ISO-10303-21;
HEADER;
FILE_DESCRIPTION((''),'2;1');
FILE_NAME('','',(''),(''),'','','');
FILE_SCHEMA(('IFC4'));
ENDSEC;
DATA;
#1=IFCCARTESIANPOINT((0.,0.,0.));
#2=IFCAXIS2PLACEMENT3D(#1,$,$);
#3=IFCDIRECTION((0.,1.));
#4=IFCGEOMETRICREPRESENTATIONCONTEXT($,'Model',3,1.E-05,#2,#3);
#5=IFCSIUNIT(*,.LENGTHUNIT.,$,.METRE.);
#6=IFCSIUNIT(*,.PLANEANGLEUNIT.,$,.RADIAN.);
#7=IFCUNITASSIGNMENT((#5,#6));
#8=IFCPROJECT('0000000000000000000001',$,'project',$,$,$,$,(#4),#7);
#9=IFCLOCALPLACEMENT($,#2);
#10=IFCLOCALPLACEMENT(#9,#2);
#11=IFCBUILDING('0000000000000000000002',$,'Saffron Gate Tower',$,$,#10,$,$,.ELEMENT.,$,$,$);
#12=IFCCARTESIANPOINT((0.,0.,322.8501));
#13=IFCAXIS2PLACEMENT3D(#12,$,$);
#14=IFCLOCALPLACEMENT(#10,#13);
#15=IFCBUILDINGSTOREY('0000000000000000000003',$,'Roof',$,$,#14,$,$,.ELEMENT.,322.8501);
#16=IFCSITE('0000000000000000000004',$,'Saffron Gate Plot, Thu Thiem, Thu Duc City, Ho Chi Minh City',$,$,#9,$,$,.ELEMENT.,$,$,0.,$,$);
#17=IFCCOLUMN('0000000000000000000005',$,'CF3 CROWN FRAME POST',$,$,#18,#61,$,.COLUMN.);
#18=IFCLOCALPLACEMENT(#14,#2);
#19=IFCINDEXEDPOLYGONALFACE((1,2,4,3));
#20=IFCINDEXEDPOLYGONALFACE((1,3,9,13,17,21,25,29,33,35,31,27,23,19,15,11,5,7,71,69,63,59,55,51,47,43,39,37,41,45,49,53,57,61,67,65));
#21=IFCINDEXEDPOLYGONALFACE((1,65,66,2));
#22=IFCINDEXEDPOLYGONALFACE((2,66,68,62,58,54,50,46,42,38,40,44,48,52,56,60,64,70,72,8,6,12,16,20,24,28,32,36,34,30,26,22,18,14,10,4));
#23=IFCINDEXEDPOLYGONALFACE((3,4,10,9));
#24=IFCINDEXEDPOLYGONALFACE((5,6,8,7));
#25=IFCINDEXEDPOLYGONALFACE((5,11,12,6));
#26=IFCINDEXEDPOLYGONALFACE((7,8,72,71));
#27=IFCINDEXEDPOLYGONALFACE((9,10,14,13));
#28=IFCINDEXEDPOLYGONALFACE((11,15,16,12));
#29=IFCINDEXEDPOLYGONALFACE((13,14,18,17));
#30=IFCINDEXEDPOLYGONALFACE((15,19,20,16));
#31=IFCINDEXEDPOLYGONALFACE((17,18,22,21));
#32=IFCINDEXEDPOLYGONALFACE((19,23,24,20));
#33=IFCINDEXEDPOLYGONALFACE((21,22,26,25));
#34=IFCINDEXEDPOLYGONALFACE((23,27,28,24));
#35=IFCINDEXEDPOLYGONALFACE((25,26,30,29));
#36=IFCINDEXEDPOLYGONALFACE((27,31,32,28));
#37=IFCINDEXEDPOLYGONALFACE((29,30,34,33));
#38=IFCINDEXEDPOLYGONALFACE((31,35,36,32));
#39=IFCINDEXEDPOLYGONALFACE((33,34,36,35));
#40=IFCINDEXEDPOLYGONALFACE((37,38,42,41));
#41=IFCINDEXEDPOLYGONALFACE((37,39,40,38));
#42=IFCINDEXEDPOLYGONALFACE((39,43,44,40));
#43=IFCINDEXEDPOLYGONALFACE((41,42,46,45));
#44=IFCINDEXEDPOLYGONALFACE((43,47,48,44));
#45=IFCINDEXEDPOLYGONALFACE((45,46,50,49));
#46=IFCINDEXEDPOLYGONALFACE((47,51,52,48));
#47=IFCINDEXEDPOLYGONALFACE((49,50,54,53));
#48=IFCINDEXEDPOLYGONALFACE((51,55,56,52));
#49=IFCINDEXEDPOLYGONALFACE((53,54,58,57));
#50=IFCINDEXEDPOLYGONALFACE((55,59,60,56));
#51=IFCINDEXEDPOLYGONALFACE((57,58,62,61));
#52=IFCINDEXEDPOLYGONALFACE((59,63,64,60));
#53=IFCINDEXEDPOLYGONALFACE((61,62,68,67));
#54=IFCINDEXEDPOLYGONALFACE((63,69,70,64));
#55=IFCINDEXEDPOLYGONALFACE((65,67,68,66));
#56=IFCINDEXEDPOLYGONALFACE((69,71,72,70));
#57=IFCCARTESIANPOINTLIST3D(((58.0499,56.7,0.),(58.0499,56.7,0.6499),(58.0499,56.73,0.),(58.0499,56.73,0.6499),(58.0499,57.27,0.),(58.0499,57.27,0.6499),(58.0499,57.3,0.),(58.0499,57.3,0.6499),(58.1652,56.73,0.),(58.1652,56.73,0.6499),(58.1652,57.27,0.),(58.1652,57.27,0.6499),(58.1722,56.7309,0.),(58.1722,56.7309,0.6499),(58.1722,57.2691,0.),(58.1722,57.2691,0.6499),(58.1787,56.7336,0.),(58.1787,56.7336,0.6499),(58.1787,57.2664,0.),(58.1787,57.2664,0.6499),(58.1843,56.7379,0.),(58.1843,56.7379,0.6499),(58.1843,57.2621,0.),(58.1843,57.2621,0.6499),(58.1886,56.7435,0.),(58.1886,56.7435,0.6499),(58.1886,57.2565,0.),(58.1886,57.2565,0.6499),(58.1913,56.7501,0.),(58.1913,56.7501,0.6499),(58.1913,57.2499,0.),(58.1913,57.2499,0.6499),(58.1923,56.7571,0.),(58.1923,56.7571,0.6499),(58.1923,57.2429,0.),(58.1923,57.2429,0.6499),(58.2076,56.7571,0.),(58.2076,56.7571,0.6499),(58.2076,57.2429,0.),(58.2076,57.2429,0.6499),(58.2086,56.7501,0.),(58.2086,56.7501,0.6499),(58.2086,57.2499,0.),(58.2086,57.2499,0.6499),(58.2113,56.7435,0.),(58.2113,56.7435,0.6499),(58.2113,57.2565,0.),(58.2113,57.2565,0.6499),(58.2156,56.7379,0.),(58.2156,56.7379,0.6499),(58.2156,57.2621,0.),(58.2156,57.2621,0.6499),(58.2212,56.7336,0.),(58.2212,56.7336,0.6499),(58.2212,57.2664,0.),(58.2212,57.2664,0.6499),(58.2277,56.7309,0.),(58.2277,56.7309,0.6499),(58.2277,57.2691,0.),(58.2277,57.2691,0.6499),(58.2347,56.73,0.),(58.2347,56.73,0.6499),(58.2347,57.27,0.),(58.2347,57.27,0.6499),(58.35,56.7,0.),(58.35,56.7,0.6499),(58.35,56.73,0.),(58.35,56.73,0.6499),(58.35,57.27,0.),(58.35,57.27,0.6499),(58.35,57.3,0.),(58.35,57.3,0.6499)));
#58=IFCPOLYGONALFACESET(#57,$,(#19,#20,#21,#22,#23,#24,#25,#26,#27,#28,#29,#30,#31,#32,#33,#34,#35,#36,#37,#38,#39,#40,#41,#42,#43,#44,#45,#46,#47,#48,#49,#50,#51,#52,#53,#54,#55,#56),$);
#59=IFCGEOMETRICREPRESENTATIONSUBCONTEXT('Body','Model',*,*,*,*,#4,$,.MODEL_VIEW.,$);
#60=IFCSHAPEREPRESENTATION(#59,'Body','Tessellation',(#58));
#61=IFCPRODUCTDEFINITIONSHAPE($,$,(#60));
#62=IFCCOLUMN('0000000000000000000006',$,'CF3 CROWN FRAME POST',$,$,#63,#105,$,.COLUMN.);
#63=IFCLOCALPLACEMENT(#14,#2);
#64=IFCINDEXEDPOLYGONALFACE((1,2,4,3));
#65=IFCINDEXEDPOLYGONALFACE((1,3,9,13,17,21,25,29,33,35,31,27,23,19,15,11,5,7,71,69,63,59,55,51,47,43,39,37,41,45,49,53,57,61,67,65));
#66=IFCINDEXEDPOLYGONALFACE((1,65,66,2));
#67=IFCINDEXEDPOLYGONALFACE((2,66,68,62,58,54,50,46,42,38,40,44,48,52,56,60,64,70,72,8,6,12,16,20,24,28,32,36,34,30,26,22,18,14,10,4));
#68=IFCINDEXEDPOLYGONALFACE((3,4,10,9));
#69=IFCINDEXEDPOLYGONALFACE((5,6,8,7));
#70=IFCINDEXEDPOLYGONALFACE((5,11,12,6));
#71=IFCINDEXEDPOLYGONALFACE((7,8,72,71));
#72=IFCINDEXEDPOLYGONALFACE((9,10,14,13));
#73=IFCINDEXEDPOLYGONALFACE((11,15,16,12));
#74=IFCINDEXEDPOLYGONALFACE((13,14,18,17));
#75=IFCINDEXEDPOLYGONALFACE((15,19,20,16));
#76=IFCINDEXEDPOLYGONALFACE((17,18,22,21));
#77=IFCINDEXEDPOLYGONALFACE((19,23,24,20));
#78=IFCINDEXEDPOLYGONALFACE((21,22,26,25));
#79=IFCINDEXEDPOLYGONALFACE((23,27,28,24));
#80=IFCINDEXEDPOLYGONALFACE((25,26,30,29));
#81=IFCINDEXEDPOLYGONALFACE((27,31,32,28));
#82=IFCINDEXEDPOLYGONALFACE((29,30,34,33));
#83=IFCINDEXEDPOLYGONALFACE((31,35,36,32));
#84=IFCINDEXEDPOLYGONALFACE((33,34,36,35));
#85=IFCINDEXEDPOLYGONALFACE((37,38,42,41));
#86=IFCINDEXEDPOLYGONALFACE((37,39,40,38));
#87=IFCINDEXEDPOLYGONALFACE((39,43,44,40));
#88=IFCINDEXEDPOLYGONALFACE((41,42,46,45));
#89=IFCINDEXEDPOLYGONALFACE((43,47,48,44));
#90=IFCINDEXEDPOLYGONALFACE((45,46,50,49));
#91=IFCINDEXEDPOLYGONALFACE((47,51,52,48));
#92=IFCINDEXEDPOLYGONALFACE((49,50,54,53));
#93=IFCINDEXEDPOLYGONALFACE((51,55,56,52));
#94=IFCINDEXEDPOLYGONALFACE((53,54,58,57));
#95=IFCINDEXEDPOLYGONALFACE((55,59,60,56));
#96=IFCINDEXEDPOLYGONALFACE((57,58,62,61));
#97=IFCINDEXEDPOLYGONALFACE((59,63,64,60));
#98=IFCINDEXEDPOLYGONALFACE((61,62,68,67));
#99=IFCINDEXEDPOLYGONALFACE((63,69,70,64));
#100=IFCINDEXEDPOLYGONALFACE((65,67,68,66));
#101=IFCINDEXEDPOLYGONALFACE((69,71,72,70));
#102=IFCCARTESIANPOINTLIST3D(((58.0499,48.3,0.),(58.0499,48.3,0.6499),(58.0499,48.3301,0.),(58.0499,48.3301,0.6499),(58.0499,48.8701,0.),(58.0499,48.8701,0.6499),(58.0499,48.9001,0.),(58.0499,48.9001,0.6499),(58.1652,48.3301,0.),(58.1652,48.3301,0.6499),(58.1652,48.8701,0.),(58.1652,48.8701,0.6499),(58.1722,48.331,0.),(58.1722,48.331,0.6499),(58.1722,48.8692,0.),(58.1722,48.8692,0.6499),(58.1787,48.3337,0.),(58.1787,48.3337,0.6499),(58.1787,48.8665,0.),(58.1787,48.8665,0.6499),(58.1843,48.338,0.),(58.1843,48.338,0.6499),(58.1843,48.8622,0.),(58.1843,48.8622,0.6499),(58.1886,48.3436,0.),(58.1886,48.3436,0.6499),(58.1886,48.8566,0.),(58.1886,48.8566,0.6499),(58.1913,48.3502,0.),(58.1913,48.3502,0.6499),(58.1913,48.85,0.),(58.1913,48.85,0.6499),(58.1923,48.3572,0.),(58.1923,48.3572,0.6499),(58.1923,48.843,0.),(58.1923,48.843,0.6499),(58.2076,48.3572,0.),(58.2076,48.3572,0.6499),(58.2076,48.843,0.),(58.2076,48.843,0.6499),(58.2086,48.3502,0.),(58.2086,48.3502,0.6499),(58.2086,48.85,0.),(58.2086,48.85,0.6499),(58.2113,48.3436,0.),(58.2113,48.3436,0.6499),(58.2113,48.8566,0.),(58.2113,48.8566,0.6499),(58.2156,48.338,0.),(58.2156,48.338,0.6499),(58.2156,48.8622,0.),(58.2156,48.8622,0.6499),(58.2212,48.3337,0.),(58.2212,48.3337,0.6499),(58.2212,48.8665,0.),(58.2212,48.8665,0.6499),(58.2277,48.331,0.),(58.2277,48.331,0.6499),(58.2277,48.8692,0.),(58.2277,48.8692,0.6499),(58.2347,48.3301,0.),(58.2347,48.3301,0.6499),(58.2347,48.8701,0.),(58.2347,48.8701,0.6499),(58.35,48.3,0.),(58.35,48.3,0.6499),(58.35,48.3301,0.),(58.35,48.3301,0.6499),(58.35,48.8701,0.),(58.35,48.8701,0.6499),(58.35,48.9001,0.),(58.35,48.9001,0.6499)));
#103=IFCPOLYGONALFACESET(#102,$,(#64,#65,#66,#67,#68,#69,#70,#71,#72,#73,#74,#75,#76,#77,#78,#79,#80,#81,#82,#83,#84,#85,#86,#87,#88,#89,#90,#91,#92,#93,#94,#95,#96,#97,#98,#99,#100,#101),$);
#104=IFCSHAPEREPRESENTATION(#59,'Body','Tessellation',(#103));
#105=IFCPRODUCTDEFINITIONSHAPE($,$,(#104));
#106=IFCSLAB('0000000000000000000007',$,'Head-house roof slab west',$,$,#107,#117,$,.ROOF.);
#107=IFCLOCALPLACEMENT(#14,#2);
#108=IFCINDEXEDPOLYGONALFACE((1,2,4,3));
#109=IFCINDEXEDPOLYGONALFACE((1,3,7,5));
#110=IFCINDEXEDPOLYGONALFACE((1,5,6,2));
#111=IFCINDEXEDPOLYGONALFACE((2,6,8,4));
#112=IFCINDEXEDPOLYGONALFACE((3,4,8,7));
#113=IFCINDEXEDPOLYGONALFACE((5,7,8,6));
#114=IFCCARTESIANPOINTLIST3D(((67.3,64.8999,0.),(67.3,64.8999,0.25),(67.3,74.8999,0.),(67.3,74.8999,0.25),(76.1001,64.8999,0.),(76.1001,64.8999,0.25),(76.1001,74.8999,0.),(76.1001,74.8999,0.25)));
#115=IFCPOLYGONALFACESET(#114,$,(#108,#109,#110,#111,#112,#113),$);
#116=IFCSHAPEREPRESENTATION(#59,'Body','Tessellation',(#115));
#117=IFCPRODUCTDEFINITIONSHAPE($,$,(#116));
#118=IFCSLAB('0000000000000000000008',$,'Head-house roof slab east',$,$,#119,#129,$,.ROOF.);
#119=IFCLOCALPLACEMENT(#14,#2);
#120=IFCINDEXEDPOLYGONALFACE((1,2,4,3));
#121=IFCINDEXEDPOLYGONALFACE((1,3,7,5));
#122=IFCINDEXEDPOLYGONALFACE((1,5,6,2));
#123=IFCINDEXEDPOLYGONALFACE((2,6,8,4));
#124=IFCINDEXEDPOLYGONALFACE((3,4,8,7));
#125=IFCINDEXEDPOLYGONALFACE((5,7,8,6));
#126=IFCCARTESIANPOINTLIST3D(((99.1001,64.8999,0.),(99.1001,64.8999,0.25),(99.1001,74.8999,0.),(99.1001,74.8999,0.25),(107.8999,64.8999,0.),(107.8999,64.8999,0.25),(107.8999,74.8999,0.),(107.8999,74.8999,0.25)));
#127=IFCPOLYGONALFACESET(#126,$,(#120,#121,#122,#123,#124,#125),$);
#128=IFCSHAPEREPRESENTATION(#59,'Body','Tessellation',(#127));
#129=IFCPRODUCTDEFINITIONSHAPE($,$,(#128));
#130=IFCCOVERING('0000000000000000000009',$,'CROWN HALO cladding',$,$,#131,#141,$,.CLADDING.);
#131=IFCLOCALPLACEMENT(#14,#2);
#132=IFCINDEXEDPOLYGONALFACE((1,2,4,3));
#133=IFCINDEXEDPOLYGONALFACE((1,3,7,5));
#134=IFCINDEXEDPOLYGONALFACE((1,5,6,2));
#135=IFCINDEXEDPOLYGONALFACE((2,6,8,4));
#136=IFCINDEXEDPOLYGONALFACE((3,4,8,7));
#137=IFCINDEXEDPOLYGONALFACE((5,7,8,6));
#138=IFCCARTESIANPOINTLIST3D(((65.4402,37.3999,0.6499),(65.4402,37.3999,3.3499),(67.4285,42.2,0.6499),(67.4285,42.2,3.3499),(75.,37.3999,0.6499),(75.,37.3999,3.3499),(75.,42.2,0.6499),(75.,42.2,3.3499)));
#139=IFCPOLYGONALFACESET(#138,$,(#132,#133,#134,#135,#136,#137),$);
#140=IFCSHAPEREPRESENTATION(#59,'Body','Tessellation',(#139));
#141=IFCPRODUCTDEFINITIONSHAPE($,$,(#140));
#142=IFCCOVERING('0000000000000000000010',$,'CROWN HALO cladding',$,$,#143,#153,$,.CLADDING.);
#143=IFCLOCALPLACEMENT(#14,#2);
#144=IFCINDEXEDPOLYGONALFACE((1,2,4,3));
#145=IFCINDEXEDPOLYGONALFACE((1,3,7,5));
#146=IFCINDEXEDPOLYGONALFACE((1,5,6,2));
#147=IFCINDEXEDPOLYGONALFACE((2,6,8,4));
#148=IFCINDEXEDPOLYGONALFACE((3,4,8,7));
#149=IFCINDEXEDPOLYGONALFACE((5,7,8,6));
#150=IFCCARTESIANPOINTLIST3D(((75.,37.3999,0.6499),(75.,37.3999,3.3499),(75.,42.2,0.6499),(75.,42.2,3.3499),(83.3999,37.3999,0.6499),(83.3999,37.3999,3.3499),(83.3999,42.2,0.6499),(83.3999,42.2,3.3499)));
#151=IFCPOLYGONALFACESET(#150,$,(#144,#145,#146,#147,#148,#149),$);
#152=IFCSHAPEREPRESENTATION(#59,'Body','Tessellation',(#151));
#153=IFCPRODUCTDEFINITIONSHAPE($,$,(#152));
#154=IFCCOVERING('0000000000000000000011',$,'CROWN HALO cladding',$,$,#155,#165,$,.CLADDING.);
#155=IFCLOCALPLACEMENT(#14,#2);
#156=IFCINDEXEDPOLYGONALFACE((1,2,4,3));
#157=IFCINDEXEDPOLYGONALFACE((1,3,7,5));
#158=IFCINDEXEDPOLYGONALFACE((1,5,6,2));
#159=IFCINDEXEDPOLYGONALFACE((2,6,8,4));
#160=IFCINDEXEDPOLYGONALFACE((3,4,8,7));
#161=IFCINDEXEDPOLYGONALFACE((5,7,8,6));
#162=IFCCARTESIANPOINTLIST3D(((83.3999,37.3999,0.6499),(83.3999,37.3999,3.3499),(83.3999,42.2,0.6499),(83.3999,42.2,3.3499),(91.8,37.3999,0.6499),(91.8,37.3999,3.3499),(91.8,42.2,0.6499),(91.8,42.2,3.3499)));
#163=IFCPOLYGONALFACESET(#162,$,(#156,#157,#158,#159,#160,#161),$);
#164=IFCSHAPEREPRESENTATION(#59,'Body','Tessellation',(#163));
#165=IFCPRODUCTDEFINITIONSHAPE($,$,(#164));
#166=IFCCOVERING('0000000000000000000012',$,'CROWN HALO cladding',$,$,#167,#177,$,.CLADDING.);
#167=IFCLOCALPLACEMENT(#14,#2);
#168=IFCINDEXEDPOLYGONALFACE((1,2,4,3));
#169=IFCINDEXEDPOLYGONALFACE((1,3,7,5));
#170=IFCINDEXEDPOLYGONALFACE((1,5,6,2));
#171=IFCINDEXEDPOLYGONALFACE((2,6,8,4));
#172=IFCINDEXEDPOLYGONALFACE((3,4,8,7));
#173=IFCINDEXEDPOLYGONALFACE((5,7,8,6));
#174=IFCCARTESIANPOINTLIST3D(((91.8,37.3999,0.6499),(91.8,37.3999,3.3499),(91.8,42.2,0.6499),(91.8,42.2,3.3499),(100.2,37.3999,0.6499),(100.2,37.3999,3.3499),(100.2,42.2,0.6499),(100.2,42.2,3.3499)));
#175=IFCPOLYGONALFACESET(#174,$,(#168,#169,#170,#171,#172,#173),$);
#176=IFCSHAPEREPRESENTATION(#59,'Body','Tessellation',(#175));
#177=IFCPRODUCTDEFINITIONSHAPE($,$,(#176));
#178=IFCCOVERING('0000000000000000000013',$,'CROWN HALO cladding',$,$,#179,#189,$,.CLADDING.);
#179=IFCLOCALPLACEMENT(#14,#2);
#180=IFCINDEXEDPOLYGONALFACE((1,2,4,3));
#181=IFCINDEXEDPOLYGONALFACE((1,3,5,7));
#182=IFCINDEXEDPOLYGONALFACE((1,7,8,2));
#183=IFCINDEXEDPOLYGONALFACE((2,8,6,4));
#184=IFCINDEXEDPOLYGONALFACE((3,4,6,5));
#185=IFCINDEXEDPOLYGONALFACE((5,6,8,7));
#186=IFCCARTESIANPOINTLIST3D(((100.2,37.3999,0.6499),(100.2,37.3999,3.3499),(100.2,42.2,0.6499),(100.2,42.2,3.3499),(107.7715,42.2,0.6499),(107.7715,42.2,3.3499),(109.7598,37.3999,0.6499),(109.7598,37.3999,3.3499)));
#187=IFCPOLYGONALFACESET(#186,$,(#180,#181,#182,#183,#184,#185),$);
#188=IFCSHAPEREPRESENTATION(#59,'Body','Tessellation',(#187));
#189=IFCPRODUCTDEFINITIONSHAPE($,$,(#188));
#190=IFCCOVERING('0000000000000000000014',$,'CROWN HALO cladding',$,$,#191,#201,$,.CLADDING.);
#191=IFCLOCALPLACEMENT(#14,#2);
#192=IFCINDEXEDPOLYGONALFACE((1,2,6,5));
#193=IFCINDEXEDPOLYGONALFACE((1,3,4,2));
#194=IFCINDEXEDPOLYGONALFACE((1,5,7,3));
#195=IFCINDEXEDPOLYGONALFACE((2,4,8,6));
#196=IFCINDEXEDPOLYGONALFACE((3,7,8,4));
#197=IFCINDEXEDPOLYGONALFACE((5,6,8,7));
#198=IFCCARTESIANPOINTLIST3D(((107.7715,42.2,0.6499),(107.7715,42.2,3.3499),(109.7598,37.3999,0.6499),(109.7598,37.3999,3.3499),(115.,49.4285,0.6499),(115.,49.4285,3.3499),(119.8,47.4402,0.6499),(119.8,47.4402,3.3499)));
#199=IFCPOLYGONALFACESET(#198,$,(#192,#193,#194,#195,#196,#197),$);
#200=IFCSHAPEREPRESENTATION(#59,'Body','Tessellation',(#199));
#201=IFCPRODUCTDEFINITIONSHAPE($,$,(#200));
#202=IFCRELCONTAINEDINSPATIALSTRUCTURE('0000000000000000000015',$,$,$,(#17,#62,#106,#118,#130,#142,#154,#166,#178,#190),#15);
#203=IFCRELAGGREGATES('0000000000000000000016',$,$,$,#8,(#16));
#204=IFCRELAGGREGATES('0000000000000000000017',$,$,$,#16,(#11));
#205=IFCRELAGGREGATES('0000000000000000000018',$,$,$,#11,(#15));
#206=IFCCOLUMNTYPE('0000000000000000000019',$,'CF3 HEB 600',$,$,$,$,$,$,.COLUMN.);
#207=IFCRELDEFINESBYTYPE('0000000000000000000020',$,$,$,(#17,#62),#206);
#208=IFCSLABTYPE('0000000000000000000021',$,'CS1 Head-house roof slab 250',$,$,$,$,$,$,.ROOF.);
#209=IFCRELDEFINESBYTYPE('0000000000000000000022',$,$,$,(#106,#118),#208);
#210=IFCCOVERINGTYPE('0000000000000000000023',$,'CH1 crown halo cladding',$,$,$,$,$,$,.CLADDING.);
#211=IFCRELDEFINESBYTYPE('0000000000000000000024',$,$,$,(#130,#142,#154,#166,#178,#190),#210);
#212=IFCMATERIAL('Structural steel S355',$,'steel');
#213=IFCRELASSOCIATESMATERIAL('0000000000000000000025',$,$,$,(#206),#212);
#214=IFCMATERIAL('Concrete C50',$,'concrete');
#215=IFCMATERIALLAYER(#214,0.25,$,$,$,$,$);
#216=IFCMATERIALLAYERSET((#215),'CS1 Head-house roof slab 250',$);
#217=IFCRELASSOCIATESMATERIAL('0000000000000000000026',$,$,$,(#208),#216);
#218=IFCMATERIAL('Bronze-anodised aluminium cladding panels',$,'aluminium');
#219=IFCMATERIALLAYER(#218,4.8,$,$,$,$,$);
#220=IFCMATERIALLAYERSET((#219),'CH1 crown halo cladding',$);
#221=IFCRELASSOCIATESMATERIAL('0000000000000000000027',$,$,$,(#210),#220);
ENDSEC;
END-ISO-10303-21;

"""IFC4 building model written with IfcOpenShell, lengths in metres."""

from ifc_helpers import new_model, si_unit, direction, frame, origin, origin_2d, place, context, subcontext, project, spatial, polyline, i_section, outline, extrude, material, layer, layer_set, material_profile, profile_set, type_object, element, save


model = new_model("IFC4")

# Units and contexts
model_context = context("Model", 3, precision=1e-05, world=origin(), true_north=direction((0.0, 1.0)))
body_context = subcontext(model_context, "Body", "Model", "MODEL_VIEW")
ifc_project = project(units=[si_unit("LENGTHUNIT", "METRE"), si_unit("PLANEANGLEUNIT", "RADIAN")], contexts=[model_context])

# Site, building, storey
site_placement = place(None, origin())
site = spatial("IfcSite", under=ifc_project, at=site_placement, Name="Saffron Gate Plot, Thu Thiem, Thu Duc City, Ho Chi Minh City", CompositionType="ELEMENT", RefElevation=0.0)
building_placement = place(site_placement, origin())
building = spatial("IfcBuilding", under=site, at=building_placement, Name="Saffron Gate Tower", CompositionType="ELEMENT")
storey_placement = place(building_placement, frame((0.0, 0.0, 322.8501)))
storey = spatial("IfcBuildingStorey", under=building, at=storey_placement, Name="Roof", CompositionType="ELEMENT", Elevation=322.8501)

# Columns
ifc_material_1 = material(Name="Structural steel S355", Category="steel")
ifc_material_profile = material_profile(ifc_material_1, i_section(OverallWidth=0.3, OverallDepth=0.6001, WebThickness=0.0154, FlangeThickness=0.03, FilletRadius=0.0271, at=origin_2d()))
ifc_profile_set = profile_set([ifc_material_profile], Name="Structural steel S355")
column_type = type_object("IfcColumnType", Name="CF3 HEB 600", PredefinedType="COLUMN", material=ifc_profile_set)
for number, where, z_axis, x_axis, name in (
    (1, (58.2, 57.0, 0.0), (0.0, 0.0, 1.0), (1.0, 0.0, 0.0), "CF3 CROWN FRAME POST"),
    (2, (58.2, 48.6001, 0.0), (0.0, 0.0, 1.0), (1.0, 0.0, 0.0), "CF3 CROWN FRAME POST"),
):
    element("IfcColumn", number, at=place(storey_placement, frame(where, z_axis=z_axis, x_axis=x_axis)), inside=storey, type_object=column_type, Name=name, PredefinedType="COLUMN", context=body_context, shape_type="SweptSolid", body=[
        extrude(i_section(OverallWidth=0.3, OverallDepth=0.6001, WebThickness=0.0154, FlangeThickness=0.03, FilletRadius=0.0271, at=origin_2d()), origin(), (0.0, 0.0, 1.0), 0.6499),
    ])

# Slabs
ifc_material_2 = material(Name="Concrete C50", Category="concrete")
ifc_layer_1 = layer(ifc_material_2, 0.25)
ifc_layer_set_1 = layer_set([ifc_layer_1], Name="CS1 Head-house roof slab 250")
slab_type = type_object("IfcSlabType", Name="CS1 Head-house roof slab 250", PredefinedType="ROOF", material=ifc_layer_set_1)
slab_1_placement = place(storey_placement, origin())
element("IfcSlab", 3, at=slab_1_placement, inside=storey, type_object=slab_type, Name="Head-house roof slab west", PredefinedType="ROOF", context=body_context, shape_type="SweptSolid", body=[
    extrude(outline(polyline([(76.1001, 64.8999), (76.1001, 74.8999), (67.3, 74.8999), (67.3, 64.8999), (76.1001, 64.8999)])), origin(), (0.0, 0.0, 1.0), 0.25),
])
slab_2_placement = place(storey_placement, origin())
element("IfcSlab", 4, at=slab_2_placement, inside=storey, type_object=slab_type, Name="Head-house roof slab east", PredefinedType="ROOF", context=body_context, shape_type="SweptSolid", body=[
    extrude(outline(polyline([(107.8999, 64.8999), (107.8999, 74.8999), (99.1001, 74.8999), (99.1001, 64.8999), (107.8999, 64.8999)])), origin(), (0.0, 0.0, 1.0), 0.25),
])

# Coverings
ifc_material_3 = material(Name="Bronze-anodised aluminium cladding panels", Category="aluminium")
ifc_layer_2 = layer(ifc_material_3, 4.8)
ifc_layer_set_2 = layer_set([ifc_layer_2], Name="CH1 crown halo cladding")
covering_type = type_object("IfcCoveringType", Name="CH1 crown halo cladding", PredefinedType="CLADDING", material=ifc_layer_set_2)
covering_1_placement = place(storey_placement, frame((0.0, 0.0, 0.6499)))
element("IfcCovering", 5, at=covering_1_placement, inside=storey, type_object=covering_type, Name="CROWN HALO cladding", PredefinedType="CLADDING", context=body_context, shape_type="SweptSolid", body=[
    extrude(outline(polyline([(67.4285, 42.2), (75.0, 42.2), (75.0, 37.3999), (65.4402, 37.3999), (67.4285, 42.2)])), origin(), (0.0, 0.0, 1.0), 2.7),
])
covering_2_placement = place(storey_placement, frame((0.0, 0.0, 0.6499)))
element("IfcCovering", 6, at=covering_2_placement, inside=storey, type_object=covering_type, Name="CROWN HALO cladding", PredefinedType="CLADDING", context=body_context, shape_type="SweptSolid", body=[
    extrude(outline(polyline([(75.0, 42.2), (83.3999, 42.2), (83.3999, 37.3999), (75.0, 37.3999), (75.0, 42.2)])), origin(), (0.0, 0.0, 1.0), 2.7),
])
covering_3_placement = place(storey_placement, frame((0.0, 0.0, 0.6499)))
element("IfcCovering", 7, at=covering_3_placement, inside=storey, type_object=covering_type, Name="CROWN HALO cladding", PredefinedType="CLADDING", context=body_context, shape_type="SweptSolid", body=[
    extrude(outline(polyline([(83.3999, 42.2), (91.8, 42.2), (91.8, 37.3999), (83.3999, 37.3999), (83.3999, 42.2)])), origin(), (0.0, 0.0, 1.0), 2.7),
])
covering_4_placement = place(storey_placement, frame((0.0, 0.0, 0.6499)))
element("IfcCovering", 8, at=covering_4_placement, inside=storey, type_object=covering_type, Name="CROWN HALO cladding", PredefinedType="CLADDING", context=body_context, shape_type="SweptSolid", body=[
    extrude(outline(polyline([(91.8, 42.2), (100.2, 42.2), (100.2, 37.3999), (91.8, 37.3999), (91.8, 42.2)])), origin(), (0.0, 0.0, 1.0), 2.7),
])
covering_5_placement = place(storey_placement, frame((0.0, 0.0, 0.6499)))
element("IfcCovering", 9, at=covering_5_placement, inside=storey, type_object=covering_type, Name="CROWN HALO cladding", PredefinedType="CLADDING", context=body_context, shape_type="SweptSolid", body=[
    extrude(outline(polyline([(100.2, 42.2), (107.7715, 42.2), (109.7598, 37.3999), (100.2, 37.3999), (100.2, 42.2)])), origin(), (0.0, 0.0, 1.0), 2.7),
])
covering_6_placement = place(storey_placement, frame((0.0, 0.0, 0.6499)))
element("IfcCovering", 10, at=covering_6_placement, inside=storey, type_object=covering_type, Name="CROWN HALO cladding", PredefinedType="CLADDING", context=body_context, shape_type="SweptSolid", body=[
    extrude(outline(polyline([(107.7715, 42.2), (115.0, 49.4285), (119.8, 47.4402), (109.7598, 37.3999), (107.7715, 42.2)])), origin(), (0.0, 0.0, 1.0), 2.7),
])

save(model, "model.ifc")
